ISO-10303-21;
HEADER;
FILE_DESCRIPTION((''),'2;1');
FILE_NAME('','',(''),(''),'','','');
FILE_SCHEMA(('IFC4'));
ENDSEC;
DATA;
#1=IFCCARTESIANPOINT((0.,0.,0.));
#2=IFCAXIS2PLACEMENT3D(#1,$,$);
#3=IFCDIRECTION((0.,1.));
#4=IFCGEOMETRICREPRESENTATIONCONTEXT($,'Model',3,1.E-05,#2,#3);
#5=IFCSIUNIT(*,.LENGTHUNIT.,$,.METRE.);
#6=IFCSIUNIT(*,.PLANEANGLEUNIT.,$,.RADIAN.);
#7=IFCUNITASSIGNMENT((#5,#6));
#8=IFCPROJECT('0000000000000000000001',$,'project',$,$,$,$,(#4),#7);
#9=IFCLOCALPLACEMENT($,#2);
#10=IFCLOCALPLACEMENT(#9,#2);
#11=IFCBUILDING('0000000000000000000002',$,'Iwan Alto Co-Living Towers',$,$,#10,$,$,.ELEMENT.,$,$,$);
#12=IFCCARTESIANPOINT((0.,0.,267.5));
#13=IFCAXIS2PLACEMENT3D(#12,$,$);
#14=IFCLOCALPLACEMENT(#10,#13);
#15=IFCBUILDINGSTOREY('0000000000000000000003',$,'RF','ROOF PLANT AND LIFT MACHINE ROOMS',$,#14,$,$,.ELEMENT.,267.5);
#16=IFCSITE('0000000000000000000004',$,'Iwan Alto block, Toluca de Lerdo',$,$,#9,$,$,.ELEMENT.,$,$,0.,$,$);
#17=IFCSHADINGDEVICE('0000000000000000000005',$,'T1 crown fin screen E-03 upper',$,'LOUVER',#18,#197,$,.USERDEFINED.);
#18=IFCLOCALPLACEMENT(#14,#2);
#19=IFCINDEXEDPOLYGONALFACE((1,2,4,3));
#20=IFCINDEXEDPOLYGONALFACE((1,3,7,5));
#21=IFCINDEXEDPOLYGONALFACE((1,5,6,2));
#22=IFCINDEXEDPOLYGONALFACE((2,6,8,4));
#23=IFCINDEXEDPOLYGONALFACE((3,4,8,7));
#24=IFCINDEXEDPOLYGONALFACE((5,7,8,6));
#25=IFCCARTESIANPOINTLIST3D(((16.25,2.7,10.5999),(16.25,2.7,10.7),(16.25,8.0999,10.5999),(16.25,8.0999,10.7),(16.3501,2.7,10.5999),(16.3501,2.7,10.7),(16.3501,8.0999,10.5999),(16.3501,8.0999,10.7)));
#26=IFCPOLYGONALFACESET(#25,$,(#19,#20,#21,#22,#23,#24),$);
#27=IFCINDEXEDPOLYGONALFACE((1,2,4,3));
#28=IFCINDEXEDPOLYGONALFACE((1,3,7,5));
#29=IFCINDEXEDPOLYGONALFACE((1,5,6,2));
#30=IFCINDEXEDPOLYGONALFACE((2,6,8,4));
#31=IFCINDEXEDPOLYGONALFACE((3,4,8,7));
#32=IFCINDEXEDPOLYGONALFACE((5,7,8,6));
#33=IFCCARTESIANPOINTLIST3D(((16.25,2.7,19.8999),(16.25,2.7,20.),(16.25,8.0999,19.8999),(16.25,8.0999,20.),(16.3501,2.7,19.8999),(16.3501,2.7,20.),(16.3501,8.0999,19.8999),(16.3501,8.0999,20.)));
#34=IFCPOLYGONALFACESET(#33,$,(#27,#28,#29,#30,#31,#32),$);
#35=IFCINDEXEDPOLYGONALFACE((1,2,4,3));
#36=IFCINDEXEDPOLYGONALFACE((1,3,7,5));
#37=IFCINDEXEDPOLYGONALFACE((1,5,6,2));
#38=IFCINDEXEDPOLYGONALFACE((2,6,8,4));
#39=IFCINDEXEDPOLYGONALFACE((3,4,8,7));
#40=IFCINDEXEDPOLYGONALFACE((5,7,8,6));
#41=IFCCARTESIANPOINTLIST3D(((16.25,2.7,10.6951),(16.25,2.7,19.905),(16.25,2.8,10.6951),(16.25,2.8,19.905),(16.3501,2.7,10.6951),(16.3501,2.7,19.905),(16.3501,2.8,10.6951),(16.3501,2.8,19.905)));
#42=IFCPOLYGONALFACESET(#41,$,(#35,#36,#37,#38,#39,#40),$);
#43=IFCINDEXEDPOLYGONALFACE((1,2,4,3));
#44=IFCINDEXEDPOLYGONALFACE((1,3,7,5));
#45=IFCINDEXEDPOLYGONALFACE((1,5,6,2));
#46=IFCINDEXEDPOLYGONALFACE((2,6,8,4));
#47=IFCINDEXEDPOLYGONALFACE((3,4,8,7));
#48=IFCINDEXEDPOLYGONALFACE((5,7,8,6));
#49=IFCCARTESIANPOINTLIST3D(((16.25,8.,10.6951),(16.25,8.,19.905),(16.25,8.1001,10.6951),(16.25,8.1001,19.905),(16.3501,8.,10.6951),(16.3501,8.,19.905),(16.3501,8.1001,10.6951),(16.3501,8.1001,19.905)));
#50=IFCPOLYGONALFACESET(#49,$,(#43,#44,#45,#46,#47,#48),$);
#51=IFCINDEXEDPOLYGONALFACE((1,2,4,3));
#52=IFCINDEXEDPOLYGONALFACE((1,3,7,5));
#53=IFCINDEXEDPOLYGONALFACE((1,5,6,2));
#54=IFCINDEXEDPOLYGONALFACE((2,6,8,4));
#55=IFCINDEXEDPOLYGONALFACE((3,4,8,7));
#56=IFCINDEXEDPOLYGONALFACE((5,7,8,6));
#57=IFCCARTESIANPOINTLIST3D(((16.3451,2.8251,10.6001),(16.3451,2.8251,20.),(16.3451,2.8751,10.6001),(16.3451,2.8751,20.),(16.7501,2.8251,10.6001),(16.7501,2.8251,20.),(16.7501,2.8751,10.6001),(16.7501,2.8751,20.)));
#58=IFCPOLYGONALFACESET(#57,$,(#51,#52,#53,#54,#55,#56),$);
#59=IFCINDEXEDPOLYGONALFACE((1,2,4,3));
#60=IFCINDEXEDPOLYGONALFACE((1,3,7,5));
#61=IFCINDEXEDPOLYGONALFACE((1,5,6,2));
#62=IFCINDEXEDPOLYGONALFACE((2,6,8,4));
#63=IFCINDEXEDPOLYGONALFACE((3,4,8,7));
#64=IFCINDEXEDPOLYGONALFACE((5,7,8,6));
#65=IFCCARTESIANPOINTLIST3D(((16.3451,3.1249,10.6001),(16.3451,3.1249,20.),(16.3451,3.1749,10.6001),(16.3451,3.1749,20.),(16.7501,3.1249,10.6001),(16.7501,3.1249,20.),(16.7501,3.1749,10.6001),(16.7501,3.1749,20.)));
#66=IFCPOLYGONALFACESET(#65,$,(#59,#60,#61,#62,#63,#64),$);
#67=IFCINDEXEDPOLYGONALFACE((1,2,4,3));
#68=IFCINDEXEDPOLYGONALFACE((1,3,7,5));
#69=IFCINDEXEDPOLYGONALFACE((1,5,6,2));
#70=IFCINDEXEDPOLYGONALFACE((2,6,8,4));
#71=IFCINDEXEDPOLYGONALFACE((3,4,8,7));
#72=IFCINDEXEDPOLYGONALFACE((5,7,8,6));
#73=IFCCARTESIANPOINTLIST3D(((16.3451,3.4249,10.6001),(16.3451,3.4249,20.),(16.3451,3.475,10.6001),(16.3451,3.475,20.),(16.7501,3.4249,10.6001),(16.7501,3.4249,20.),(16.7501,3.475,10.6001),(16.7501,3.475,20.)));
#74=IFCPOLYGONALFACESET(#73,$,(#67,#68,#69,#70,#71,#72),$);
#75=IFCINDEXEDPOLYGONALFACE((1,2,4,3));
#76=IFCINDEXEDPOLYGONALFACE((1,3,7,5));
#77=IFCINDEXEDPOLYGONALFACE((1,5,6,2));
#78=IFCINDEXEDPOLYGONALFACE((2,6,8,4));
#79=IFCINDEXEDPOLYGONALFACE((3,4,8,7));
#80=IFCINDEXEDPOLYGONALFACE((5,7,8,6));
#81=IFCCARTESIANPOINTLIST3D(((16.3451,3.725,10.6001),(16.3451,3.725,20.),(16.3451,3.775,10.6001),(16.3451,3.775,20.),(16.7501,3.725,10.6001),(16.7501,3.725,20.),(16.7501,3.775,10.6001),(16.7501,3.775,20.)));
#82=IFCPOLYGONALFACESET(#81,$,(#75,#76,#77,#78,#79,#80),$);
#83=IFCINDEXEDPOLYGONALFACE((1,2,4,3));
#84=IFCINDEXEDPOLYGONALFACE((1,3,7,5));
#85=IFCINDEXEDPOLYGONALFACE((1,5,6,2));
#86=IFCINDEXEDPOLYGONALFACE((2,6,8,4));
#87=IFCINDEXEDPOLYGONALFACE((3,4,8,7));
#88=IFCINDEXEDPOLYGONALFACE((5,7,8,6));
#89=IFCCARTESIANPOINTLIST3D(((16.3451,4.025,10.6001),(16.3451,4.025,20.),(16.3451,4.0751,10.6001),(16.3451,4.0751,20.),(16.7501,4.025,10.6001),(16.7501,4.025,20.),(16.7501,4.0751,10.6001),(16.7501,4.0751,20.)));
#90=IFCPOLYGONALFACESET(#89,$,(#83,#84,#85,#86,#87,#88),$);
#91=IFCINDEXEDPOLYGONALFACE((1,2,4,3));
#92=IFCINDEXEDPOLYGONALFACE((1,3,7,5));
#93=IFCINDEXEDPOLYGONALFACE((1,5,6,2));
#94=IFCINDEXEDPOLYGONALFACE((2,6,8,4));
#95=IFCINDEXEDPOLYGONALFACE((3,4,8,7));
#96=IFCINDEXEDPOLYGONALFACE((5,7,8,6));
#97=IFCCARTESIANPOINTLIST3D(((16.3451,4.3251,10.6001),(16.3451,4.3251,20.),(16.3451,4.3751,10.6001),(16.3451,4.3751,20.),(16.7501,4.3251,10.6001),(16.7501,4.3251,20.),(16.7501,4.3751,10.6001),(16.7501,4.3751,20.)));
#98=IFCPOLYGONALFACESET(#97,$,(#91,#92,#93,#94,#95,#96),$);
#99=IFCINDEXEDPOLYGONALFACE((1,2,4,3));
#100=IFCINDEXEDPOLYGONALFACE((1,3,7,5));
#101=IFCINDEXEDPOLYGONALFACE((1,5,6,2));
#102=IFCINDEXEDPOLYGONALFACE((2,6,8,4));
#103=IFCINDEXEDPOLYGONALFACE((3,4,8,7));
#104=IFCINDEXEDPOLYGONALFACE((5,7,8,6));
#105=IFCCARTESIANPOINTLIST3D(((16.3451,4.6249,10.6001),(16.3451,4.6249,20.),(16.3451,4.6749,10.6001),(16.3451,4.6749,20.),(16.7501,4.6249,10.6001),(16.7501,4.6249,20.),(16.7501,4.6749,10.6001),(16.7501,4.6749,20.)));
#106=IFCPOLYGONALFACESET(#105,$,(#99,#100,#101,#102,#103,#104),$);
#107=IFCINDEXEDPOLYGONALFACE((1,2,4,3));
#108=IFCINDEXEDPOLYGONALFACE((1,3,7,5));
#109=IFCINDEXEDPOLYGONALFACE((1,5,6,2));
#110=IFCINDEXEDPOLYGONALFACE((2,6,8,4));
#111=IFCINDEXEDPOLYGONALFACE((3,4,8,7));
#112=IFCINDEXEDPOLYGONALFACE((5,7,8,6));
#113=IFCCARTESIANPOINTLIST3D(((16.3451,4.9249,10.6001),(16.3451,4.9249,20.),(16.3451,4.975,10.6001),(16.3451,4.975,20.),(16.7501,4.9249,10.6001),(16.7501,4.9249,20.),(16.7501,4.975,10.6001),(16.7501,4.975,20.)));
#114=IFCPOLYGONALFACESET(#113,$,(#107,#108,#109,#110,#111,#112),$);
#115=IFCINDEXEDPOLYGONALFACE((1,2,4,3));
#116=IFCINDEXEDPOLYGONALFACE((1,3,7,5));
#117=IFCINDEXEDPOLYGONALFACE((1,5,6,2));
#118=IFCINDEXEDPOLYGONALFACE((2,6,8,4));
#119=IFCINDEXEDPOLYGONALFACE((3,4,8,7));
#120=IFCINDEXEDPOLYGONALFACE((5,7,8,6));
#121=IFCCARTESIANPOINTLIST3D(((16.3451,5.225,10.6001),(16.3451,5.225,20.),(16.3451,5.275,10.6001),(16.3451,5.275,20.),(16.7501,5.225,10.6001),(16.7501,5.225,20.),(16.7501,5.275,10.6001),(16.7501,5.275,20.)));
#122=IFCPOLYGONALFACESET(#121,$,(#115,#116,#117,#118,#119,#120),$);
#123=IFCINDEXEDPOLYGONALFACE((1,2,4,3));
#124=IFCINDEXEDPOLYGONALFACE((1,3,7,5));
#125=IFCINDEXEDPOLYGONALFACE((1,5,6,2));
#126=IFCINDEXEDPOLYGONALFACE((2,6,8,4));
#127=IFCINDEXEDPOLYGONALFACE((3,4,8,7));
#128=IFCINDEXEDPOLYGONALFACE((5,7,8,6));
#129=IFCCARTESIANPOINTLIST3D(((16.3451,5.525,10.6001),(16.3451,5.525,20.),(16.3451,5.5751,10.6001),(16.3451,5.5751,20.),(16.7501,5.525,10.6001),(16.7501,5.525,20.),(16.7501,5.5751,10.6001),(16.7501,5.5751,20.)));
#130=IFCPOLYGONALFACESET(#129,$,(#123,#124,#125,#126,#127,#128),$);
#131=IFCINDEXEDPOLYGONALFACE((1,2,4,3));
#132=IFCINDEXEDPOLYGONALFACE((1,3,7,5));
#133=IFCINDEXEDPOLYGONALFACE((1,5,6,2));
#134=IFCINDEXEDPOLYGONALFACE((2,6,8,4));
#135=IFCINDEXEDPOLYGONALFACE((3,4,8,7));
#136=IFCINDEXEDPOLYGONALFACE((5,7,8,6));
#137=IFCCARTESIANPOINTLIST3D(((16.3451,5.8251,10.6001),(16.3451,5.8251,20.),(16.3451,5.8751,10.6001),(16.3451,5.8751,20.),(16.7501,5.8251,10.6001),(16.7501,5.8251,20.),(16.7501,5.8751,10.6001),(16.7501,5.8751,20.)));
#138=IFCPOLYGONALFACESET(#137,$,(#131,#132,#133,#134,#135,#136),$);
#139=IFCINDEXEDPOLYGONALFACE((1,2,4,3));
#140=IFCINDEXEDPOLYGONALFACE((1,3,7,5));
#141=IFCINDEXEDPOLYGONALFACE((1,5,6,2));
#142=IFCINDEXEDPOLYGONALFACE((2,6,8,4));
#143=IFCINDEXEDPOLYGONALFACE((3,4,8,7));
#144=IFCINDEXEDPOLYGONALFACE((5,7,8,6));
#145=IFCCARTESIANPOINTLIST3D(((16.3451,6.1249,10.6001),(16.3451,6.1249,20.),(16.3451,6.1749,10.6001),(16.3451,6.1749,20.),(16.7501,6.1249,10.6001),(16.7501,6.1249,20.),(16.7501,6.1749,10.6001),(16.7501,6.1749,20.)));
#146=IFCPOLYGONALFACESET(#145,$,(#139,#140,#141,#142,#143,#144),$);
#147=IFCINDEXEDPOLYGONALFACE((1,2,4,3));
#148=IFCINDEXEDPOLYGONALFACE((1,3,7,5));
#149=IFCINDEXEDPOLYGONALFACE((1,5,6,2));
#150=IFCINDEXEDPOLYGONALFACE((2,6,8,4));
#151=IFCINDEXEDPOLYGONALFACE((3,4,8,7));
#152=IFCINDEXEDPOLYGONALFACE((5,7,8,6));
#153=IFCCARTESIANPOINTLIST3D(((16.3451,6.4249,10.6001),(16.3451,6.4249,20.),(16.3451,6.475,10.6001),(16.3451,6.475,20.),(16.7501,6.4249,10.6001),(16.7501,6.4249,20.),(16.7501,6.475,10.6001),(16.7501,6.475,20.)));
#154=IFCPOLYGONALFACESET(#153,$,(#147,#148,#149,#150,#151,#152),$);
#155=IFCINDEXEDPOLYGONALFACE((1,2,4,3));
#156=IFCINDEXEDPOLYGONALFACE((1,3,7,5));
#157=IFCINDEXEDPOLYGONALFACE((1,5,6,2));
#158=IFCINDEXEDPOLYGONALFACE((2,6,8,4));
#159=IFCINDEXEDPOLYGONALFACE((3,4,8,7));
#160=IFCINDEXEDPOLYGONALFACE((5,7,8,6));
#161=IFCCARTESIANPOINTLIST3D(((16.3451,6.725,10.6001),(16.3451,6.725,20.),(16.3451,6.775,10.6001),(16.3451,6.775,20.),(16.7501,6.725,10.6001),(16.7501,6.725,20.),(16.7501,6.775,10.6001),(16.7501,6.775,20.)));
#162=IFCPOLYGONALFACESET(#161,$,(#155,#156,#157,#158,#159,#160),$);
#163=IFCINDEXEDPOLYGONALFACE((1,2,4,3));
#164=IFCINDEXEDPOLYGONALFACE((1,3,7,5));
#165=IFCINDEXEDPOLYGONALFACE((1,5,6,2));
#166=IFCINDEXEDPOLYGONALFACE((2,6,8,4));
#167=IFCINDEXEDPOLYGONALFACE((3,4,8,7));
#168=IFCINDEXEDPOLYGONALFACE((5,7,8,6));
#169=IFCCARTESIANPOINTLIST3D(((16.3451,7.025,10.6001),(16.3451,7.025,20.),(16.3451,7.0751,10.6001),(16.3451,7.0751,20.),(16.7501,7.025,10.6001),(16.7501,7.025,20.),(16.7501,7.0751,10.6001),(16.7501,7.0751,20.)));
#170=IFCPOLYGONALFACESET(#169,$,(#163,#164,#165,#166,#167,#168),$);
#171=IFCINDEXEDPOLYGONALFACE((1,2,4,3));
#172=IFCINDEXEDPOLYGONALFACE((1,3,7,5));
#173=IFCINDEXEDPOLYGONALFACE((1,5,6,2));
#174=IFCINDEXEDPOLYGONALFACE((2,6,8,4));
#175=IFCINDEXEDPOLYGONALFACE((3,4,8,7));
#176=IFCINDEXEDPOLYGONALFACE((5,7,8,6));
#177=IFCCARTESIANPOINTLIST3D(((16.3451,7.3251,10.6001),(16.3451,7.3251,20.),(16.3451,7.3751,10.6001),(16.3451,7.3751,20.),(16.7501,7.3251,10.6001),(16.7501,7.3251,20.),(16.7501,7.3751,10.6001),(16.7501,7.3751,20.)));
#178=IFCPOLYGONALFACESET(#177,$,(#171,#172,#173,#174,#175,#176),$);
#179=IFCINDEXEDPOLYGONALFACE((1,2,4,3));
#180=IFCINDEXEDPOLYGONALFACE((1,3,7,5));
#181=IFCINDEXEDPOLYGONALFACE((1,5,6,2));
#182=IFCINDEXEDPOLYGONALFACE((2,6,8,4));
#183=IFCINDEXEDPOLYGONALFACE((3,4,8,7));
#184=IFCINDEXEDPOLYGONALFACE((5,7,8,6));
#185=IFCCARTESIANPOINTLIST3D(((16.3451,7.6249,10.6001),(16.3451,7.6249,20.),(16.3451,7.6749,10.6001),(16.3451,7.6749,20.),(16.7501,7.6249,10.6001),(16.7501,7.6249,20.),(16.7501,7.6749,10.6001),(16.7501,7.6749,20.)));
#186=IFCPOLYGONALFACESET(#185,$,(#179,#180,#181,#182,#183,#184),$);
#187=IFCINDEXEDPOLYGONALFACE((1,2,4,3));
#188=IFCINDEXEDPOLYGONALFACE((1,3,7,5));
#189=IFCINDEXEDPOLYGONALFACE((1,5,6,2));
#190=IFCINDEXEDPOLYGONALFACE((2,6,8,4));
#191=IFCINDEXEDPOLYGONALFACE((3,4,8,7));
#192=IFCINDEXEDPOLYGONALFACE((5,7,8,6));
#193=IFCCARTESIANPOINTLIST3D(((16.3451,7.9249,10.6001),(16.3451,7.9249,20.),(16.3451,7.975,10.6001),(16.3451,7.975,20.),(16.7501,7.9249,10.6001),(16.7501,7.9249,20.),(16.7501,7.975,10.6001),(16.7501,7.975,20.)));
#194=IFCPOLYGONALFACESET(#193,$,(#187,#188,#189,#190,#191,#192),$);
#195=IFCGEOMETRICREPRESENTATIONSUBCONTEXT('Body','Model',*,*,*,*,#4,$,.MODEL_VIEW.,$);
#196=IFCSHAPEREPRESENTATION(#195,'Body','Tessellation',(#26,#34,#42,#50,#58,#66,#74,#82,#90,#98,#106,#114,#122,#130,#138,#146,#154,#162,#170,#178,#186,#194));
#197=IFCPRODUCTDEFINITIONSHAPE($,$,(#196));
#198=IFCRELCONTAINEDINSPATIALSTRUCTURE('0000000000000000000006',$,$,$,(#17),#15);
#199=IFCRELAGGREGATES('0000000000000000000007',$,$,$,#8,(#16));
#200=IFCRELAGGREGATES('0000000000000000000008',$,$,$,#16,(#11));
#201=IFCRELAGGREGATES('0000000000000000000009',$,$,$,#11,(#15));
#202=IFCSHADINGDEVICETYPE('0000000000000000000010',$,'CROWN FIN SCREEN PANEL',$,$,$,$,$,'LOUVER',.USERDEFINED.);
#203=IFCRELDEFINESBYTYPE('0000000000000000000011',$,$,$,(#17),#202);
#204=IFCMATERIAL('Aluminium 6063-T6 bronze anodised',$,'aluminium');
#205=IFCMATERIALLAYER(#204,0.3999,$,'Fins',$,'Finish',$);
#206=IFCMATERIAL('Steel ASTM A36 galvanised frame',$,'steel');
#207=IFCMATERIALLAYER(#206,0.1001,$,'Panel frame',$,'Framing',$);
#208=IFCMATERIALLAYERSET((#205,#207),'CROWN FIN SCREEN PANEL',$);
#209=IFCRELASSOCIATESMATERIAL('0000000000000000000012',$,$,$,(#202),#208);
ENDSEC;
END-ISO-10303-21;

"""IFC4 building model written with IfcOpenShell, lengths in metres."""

from ifc_helpers import new_model, si_unit, direction, frame, origin, origin_2d, place, context, subcontext, project, spatial, rectangle, extrude, material, layer, layer_set, type_object, element, save


model = new_model("IFC4")

# Units and contexts
model_context = context("Model", 3, precision=1e-05, world=origin(), true_north=direction((0.0, 1.0)))
body_context = subcontext(model_context, "Body", "Model", "MODEL_VIEW")
ifc_project = project(units=[si_unit("LENGTHUNIT", "METRE"), si_unit("PLANEANGLEUNIT", "RADIAN")], contexts=[model_context])

# Site, building, storey
site_placement = place(None, origin())
site = spatial("IfcSite", under=ifc_project, at=site_placement, Name="Iwan Alto block, Toluca de Lerdo", CompositionType="ELEMENT", RefElevation=0.0)
building_placement = place(site_placement, origin())
building = spatial("IfcBuilding", under=site, at=building_placement, Name="Iwan Alto Co-Living Towers", CompositionType="ELEMENT")
storey_placement = place(building_placement, frame((0.0, 0.0, 267.5)))
storey = spatial("IfcBuildingStorey", under=building, at=storey_placement, Name="RF", Description="ROOF PLANT AND LIFT MACHINE ROOMS", CompositionType="ELEMENT", Elevation=267.5)

# Shading device
ifc_material_1 = material(Name="Aluminium 6063-T6 bronze anodised", Category="aluminium")
ifc_layer_1 = layer(ifc_material_1, 0.3999, Name="Fins", Category="Finish")
ifc_material_2 = material(Name="Steel ASTM A36 galvanised frame", Category="steel")
ifc_layer_2 = layer(ifc_material_2, 0.1001, Name="Panel frame", Category="Framing")
ifc_layer_set = layer_set([ifc_layer_1, ifc_layer_2], Name="CROWN FIN SCREEN PANEL")
shading_device_type = type_object("IfcShadingDeviceType", Name="CROWN FIN SCREEN PANEL", ElementType="LOUVER", PredefinedType="USERDEFINED", material=ifc_layer_set)
shading_device_1_placement = place(storey_placement, frame((0.0, 0.0, -267.5)))
element("IfcShadingDevice", 1, at=shading_device_1_placement, inside=storey, type_object=shading_device_type, Name="T1 crown fin screen E-03 upper", ObjectType="LOUVER", PredefinedType="USERDEFINED", context=body_context, shape_type="SweptSolid", body=[
    extrude(rectangle(XDim=5.3999, YDim=0.1001, at=origin_2d()), frame((16.3, 5.3999, 278.0999), z_axis=(0.0, 0.0, 1.0), x_axis=(0.0, 1.0, 0.0)), (0.0, 0.0, 1.0), 0.1001),
    extrude(rectangle(XDim=5.3999, YDim=0.1001, at=origin_2d()), frame((16.3, 5.3999, 287.3999), z_axis=(0.0, 0.0, 1.0), x_axis=(0.0, 1.0, 0.0)), (0.0, 0.0, 1.0), 0.1001),
    extrude(rectangle(XDim=0.1001, YDim=0.1001, at=origin_2d()), frame((16.3, 2.75, 278.1951), z_axis=(0.0, 0.0, 1.0), x_axis=(0.0, 1.0, 0.0)), (0.0, 0.0, 1.0), 9.21),
    extrude(rectangle(XDim=0.1001, YDim=0.1001, at=origin_2d()), frame((16.3, 8.05, 278.1951), z_axis=(0.0, 0.0, 1.0), x_axis=(0.0, 1.0, 0.0)), (0.0, 0.0, 1.0), 9.21),
    extrude(rectangle(XDim=0.05, YDim=0.405, at=origin_2d()), frame((16.5476, 2.8501, 278.1001), z_axis=(0.0, 0.0, 1.0), x_axis=(0.0, 1.0, 0.0)), (0.0, 0.0, 1.0), 9.3999),
    extrude(rectangle(XDim=0.05, YDim=0.405, at=origin_2d()), frame((16.5476, 3.1499, 278.1001), z_axis=(0.0, 0.0, 1.0), x_axis=(0.0, 1.0, 0.0)), (0.0, 0.0, 1.0), 9.3999),
    extrude(rectangle(XDim=0.05, YDim=0.405, at=origin_2d()), frame((16.5476, 3.45, 278.1001), z_axis=(0.0, 0.0, 1.0), x_axis=(0.0, 1.0, 0.0)), (0.0, 0.0, 1.0), 9.3999),
    extrude(rectangle(XDim=0.05, YDim=0.405, at=origin_2d()), frame((16.5476, 3.75, 278.1001), z_axis=(0.0, 0.0, 1.0), x_axis=(0.0, 1.0, 0.0)), (0.0, 0.0, 1.0), 9.3999),
    extrude(rectangle(XDim=0.05, YDim=0.405, at=origin_2d()), frame((16.5476, 4.05, 278.1001), z_axis=(0.0, 0.0, 1.0), x_axis=(0.0, 1.0, 0.0)), (0.0, 0.0, 1.0), 9.3999),
    extrude(rectangle(XDim=0.05, YDim=0.405, at=origin_2d()), frame((16.5476, 4.3501, 278.1001), z_axis=(0.0, 0.0, 1.0), x_axis=(0.0, 1.0, 0.0)), (0.0, 0.0, 1.0), 9.3999),
    extrude(rectangle(XDim=0.05, YDim=0.405, at=origin_2d()), frame((16.5476, 4.6499, 278.1001), z_axis=(0.0, 0.0, 1.0), x_axis=(0.0, 1.0, 0.0)), (0.0, 0.0, 1.0), 9.3999),
    extrude(rectangle(XDim=0.05, YDim=0.405, at=origin_2d()), frame((16.5476, 4.95, 278.1001), z_axis=(0.0, 0.0, 1.0), x_axis=(0.0, 1.0, 0.0)), (0.0, 0.0, 1.0), 9.3999),
    extrude(rectangle(XDim=0.05, YDim=0.405, at=origin_2d()), frame((16.5476, 5.25, 278.1001), z_axis=(0.0, 0.0, 1.0), x_axis=(0.0, 1.0, 0.0)), (0.0, 0.0, 1.0), 9.3999),
    extrude(rectangle(XDim=0.05, YDim=0.405, at=origin_2d()), frame((16.5476, 5.55, 278.1001), z_axis=(0.0, 0.0, 1.0), x_axis=(0.0, 1.0, 0.0)), (0.0, 0.0, 1.0), 9.3999),
    extrude(rectangle(XDim=0.05, YDim=0.405, at=origin_2d()), frame((16.5476, 5.8501, 278.1001), z_axis=(0.0, 0.0, 1.0), x_axis=(0.0, 1.0, 0.0)), (0.0, 0.0, 1.0), 9.3999),
    extrude(rectangle(XDim=0.05, YDim=0.405, at=origin_2d()), frame((16.5476, 6.1499, 278.1001), z_axis=(0.0, 0.0, 1.0), x_axis=(0.0, 1.0, 0.0)), (0.0, 0.0, 1.0), 9.3999),
    extrude(rectangle(XDim=0.05, YDim=0.405, at=origin_2d()), frame((16.5476, 6.45, 278.1001), z_axis=(0.0, 0.0, 1.0), x_axis=(0.0, 1.0, 0.0)), (0.0, 0.0, 1.0), 9.3999),
    extrude(rectangle(XDim=0.05, YDim=0.405, at=origin_2d()), frame((16.5476, 6.75, 278.1001), z_axis=(0.0, 0.0, 1.0), x_axis=(0.0, 1.0, 0.0)), (0.0, 0.0, 1.0), 9.3999),
    extrude(rectangle(XDim=0.05, YDim=0.405, at=origin_2d()), frame((16.5476, 7.05, 278.1001), z_axis=(0.0, 0.0, 1.0), x_axis=(0.0, 1.0, 0.0)), (0.0, 0.0, 1.0), 9.3999),
    extrude(rectangle(XDim=0.05, YDim=0.405, at=origin_2d()), frame((16.5476, 7.3501, 278.1001), z_axis=(0.0, 0.0, 1.0), x_axis=(0.0, 1.0, 0.0)), (0.0, 0.0, 1.0), 9.3999),
    extrude(rectangle(XDim=0.05, YDim=0.405, at=origin_2d()), frame((16.5476, 7.6499, 278.1001), z_axis=(0.0, 0.0, 1.0), x_axis=(0.0, 1.0, 0.0)), (0.0, 0.0, 1.0), 9.3999),
    extrude(rectangle(XDim=0.05, YDim=0.405, at=origin_2d()), frame((16.5476, 7.95, 278.1001), z_axis=(0.0, 0.0, 1.0), x_axis=(0.0, 1.0, 0.0)), (0.0, 0.0, 1.0), 9.3999),
])

save(model, "model.ifc")
